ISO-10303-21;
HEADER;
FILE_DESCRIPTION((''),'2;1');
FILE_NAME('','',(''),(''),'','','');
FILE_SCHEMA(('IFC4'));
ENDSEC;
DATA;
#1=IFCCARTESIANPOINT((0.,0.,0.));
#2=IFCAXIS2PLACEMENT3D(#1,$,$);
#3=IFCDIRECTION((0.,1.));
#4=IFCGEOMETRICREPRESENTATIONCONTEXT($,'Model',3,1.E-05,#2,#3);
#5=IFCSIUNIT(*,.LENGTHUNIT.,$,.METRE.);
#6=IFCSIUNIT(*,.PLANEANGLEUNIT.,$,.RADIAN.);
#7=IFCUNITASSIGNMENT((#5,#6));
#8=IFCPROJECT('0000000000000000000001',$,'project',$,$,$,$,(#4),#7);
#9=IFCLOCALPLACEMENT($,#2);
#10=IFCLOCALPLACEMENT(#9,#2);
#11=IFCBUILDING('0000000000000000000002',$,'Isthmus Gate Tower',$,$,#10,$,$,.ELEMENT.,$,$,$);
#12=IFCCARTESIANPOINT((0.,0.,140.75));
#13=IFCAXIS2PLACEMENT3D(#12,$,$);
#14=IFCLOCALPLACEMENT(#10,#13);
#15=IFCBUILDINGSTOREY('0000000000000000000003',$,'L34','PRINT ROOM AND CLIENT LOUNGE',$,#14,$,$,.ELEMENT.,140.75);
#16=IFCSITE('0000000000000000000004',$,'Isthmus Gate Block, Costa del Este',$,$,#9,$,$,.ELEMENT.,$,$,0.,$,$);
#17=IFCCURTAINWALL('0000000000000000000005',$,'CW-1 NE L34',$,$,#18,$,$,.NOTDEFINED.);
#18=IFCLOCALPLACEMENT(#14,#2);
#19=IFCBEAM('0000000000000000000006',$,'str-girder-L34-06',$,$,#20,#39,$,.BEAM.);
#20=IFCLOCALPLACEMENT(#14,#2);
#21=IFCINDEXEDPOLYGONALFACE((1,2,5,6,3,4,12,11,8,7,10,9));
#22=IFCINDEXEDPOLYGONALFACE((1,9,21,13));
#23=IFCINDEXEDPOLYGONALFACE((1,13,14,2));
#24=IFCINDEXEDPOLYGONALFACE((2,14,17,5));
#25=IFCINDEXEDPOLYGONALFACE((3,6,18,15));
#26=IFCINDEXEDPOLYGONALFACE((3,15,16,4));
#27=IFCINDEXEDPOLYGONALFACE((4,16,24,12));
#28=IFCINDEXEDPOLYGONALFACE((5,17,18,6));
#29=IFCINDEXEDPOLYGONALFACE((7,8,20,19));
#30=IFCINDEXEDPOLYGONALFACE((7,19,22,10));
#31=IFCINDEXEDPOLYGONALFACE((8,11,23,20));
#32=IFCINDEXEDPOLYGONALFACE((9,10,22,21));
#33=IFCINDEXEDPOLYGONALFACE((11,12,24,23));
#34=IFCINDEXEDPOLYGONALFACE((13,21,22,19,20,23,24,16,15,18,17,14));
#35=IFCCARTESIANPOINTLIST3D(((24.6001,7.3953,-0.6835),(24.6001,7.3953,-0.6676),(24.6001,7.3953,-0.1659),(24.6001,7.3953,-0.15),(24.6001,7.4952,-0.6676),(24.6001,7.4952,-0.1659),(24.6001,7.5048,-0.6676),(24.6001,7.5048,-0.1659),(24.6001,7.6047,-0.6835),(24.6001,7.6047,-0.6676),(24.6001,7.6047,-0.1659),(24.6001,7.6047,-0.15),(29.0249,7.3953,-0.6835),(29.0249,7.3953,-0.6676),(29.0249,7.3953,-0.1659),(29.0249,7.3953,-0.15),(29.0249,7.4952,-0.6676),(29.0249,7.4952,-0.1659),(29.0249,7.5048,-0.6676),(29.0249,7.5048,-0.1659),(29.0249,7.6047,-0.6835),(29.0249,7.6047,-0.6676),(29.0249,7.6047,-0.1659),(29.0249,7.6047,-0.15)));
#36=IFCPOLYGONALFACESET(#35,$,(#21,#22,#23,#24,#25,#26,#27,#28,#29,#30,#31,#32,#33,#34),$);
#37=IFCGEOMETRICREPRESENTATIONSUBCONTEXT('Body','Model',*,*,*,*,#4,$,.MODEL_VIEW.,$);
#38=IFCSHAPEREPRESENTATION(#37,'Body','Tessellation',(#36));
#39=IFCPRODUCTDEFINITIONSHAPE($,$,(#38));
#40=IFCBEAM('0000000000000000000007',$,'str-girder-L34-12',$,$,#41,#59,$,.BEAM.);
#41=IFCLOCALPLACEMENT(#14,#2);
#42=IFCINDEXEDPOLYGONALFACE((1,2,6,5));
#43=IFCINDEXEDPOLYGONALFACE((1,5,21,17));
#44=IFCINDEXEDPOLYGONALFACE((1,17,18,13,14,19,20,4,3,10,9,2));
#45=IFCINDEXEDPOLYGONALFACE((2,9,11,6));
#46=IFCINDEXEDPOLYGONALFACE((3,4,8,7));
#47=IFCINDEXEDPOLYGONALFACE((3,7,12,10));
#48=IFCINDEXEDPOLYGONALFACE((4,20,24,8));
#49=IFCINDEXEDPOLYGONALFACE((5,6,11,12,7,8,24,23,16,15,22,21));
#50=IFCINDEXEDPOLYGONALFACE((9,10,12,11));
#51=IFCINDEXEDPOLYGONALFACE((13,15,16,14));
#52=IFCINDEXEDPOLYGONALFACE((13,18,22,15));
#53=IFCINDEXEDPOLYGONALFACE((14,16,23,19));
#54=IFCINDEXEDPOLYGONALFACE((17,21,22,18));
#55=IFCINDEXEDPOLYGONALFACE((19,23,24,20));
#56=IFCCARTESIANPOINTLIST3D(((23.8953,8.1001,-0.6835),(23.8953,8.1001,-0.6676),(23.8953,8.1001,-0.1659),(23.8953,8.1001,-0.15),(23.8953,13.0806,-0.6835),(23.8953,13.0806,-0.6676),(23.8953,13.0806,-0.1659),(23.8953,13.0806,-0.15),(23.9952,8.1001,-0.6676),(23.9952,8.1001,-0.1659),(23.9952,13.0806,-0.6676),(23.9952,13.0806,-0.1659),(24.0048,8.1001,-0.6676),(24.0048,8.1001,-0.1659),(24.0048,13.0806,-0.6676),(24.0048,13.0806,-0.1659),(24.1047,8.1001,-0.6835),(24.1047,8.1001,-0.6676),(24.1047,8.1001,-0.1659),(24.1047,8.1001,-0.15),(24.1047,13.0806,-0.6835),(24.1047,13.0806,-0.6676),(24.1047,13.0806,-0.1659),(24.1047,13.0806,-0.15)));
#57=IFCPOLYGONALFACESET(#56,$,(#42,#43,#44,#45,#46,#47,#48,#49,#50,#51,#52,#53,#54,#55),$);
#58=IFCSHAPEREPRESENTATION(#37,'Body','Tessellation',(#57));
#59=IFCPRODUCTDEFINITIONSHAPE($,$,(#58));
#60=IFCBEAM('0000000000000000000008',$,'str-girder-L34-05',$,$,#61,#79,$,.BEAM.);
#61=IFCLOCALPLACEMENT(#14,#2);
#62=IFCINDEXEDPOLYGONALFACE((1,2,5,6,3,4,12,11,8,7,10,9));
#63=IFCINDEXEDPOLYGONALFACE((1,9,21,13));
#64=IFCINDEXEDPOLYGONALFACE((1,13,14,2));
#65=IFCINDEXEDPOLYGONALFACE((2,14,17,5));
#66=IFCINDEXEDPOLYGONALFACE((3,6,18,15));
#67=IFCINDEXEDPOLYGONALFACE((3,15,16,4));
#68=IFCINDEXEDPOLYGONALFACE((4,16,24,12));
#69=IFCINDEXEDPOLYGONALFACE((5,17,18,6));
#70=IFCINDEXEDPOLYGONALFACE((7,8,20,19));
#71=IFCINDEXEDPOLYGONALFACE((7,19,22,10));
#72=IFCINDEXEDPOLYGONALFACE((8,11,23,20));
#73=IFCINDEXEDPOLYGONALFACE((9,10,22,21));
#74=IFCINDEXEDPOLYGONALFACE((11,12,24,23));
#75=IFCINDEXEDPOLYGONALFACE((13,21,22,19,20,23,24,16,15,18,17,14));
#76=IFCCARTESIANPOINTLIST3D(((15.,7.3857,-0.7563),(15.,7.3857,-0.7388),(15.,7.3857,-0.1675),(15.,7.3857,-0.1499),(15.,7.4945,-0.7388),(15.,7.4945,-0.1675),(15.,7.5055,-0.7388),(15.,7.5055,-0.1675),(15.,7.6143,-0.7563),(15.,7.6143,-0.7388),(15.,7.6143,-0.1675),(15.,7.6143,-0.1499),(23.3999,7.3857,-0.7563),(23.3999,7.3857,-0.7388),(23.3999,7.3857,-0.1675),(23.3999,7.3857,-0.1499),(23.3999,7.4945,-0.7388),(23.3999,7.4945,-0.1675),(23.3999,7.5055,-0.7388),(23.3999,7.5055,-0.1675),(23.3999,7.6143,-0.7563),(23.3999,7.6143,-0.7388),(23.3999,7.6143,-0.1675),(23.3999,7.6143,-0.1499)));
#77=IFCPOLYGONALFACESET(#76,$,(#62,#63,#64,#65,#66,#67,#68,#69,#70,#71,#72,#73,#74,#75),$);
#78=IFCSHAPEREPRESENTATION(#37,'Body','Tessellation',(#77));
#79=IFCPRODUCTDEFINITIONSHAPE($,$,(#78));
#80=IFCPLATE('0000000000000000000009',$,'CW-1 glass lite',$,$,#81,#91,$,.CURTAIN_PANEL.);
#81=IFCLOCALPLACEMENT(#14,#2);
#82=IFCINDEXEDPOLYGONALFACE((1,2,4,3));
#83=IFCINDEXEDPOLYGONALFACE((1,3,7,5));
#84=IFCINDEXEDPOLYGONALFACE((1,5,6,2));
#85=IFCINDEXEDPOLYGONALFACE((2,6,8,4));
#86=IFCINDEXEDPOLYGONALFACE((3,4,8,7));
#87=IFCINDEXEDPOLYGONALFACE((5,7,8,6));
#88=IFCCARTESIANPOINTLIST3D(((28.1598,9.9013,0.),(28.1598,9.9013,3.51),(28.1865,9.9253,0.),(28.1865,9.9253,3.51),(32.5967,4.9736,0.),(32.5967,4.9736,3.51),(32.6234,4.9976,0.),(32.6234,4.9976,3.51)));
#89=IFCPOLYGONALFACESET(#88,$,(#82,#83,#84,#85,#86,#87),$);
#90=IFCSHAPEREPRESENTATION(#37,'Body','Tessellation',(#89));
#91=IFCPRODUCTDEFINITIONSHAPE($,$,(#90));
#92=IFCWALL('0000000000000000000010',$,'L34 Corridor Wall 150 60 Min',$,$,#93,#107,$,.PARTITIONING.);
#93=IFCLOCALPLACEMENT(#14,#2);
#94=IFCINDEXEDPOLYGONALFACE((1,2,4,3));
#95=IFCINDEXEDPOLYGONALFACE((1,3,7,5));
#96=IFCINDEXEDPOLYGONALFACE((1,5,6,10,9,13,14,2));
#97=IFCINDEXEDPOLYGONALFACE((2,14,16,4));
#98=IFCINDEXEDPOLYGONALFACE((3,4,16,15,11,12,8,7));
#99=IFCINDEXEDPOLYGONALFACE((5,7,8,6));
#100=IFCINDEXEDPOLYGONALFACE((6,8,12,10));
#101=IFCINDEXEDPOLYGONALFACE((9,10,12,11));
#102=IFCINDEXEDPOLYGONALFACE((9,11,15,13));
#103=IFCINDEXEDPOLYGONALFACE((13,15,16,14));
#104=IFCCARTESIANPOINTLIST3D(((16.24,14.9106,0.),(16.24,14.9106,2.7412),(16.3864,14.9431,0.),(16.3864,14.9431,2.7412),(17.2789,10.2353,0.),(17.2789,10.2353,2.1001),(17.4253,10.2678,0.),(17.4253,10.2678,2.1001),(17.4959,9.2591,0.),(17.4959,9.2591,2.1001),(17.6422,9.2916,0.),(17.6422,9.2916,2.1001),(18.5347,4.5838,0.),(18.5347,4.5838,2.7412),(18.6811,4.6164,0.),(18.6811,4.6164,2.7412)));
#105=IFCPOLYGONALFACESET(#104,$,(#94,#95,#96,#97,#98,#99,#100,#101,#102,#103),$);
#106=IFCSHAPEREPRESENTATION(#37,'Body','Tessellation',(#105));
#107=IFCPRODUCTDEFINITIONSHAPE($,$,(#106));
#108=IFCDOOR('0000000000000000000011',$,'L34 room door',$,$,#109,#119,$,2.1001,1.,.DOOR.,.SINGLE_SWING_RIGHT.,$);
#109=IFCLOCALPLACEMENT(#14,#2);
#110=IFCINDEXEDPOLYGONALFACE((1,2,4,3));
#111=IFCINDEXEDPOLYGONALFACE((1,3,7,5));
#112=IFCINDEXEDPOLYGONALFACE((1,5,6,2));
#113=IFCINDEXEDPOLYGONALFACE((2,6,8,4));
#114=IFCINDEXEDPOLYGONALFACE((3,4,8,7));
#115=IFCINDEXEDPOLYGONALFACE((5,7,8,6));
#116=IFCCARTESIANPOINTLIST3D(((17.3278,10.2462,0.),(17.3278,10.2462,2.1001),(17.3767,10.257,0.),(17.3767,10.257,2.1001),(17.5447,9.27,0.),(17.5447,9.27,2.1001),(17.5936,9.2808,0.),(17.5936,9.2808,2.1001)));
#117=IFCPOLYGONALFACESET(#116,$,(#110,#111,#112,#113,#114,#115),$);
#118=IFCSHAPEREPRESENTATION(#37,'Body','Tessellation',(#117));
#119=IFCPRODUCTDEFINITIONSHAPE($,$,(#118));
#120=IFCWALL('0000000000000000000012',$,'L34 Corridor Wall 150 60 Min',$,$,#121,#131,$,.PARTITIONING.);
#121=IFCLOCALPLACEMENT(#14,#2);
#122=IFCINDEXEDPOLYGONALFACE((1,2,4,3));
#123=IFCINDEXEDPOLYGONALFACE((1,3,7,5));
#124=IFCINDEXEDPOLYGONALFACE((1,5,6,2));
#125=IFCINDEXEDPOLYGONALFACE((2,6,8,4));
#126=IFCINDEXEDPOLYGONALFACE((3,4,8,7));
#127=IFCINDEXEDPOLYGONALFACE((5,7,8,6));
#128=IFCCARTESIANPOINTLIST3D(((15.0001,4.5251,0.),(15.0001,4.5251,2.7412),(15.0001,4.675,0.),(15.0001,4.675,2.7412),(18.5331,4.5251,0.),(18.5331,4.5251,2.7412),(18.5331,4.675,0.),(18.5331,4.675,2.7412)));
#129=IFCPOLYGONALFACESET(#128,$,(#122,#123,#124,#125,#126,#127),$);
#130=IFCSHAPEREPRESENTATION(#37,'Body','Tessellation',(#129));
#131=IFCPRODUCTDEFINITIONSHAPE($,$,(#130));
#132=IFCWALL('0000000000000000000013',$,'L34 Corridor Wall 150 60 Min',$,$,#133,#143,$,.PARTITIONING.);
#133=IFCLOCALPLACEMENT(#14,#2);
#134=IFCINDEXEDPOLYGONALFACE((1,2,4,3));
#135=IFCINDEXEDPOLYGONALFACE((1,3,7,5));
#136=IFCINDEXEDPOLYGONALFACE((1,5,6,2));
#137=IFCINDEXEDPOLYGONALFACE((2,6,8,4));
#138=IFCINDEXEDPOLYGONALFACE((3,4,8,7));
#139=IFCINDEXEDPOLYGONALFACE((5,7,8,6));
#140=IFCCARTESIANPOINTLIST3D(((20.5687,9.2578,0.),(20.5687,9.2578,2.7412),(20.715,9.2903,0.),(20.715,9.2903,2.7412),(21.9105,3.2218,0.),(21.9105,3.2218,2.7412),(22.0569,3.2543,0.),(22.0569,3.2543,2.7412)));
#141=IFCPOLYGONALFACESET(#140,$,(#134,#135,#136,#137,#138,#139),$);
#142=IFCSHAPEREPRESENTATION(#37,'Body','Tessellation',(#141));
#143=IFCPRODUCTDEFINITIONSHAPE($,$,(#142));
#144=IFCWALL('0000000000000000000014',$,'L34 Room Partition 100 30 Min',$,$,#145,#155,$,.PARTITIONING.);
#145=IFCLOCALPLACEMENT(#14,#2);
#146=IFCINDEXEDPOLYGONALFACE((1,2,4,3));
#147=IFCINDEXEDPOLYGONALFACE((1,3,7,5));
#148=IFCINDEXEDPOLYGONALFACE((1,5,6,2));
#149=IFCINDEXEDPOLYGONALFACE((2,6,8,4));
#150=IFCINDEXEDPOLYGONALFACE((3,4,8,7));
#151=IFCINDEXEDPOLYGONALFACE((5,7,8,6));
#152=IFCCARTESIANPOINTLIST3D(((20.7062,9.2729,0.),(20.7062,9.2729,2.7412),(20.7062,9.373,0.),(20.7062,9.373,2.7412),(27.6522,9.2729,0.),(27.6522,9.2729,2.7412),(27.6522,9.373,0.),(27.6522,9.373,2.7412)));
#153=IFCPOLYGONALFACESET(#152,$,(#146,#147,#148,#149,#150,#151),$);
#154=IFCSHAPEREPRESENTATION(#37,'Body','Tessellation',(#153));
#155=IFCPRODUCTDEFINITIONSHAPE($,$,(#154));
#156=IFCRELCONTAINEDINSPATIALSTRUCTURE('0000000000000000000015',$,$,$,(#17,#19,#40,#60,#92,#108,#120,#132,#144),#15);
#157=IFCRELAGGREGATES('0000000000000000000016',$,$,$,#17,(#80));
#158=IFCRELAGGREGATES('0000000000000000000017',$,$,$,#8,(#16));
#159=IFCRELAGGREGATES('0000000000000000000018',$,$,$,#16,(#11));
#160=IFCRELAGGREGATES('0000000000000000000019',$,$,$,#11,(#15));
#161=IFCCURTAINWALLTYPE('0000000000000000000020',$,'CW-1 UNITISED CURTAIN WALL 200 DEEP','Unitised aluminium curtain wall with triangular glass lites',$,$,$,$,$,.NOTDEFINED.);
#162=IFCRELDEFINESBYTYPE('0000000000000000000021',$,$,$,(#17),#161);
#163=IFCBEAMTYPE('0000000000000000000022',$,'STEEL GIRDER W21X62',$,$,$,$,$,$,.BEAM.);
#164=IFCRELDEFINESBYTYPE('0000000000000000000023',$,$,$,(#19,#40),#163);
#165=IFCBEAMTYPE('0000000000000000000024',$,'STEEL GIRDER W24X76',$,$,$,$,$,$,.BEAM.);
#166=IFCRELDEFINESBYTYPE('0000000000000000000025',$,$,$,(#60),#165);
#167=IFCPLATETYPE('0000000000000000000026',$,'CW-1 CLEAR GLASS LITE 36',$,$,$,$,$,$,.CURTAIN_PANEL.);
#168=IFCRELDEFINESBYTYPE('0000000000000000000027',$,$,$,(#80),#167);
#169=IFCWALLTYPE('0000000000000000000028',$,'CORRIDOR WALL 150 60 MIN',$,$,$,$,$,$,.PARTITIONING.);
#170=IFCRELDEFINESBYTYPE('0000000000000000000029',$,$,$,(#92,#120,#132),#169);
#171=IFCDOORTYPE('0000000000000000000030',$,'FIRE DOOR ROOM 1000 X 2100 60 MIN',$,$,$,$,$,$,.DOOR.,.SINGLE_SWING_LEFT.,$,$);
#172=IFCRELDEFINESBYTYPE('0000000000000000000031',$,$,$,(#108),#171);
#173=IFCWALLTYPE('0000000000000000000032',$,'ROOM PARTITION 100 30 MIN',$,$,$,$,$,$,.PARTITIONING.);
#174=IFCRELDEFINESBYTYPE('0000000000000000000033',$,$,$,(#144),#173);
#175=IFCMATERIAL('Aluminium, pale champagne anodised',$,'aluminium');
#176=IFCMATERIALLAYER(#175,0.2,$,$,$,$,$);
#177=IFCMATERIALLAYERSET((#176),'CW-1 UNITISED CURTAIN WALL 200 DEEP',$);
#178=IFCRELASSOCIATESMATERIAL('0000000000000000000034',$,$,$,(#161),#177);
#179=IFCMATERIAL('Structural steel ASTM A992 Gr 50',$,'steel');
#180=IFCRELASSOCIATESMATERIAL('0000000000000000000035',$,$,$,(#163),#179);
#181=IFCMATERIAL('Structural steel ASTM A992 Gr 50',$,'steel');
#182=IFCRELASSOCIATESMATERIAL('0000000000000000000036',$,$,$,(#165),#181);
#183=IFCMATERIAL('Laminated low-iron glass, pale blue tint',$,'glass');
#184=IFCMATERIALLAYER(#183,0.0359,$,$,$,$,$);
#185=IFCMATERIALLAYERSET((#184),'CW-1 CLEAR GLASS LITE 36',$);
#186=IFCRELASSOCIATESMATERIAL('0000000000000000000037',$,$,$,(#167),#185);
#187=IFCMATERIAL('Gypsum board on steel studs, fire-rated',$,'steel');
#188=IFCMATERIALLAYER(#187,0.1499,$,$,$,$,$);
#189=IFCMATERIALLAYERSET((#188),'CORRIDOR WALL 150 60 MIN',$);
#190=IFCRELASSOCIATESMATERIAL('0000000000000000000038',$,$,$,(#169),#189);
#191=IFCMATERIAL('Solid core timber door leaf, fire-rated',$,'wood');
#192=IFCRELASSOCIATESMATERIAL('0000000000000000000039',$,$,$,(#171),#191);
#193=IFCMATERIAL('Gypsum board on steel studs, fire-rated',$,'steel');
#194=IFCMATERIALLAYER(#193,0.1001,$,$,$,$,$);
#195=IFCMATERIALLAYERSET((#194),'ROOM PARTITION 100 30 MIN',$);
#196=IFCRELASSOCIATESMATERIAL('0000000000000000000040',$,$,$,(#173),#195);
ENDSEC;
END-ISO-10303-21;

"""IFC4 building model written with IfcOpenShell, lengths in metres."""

from ifc_helpers import new_model, si_unit, direction, frame, frame_2d, origin, origin_2d, place, context, subcontext, project, spatial, rectangle, i_section, extrude, material, layer, layer_set, material_profile, profile_set, type_object, element, fill, aggregate, save


model = new_model("IFC4")

# Units and contexts
model_context = context("Model", 3, precision=1e-05, world=origin(), true_north=direction((0.0, 1.0)))
body_context = subcontext(model_context, "Body", "Model", "MODEL_VIEW")
ifc_project = project(units=[si_unit("LENGTHUNIT", "METRE"), si_unit("PLANEANGLEUNIT", "RADIAN")], contexts=[model_context])

# Site, building, storey
site_placement = place(None, origin())
site = spatial("IfcSite", under=ifc_project, at=site_placement, Name="Isthmus Gate Block, Costa del Este", CompositionType="ELEMENT", RefElevation=0.0)
building_placement = place(site_placement, origin())
building = spatial("IfcBuilding", under=site, at=building_placement, Name="Isthmus Gate Tower", CompositionType="ELEMENT")
storey_placement = place(building_placement, frame((0.0, 0.0, 140.75)))
storey = spatial("IfcBuildingStorey", under=building, at=storey_placement, Name="L34", Description="PRINT ROOM AND CLIENT LOUNGE", CompositionType="ELEMENT", Elevation=140.75)

# Curtain wall
ifc_material_1 = material(Name="Aluminium, pale champagne anodised", Category="aluminium")
ifc_layer_1 = layer(ifc_material_1, 0.2)
ifc_layer_set_1 = layer_set([ifc_layer_1], Name="CW-1 UNITISED CURTAIN WALL 200 DEEP")
curtain_wall_type = type_object("IfcCurtainWallType", Name="CW-1 UNITISED CURTAIN WALL 200 DEEP", Description="Unitised aluminium curtain wall with triangular glass lites", PredefinedType="NOTDEFINED", material=ifc_layer_set_1)
curtain_wall_placement = place(storey_placement, origin())
curtain_wall = element("IfcCurtainWall", 1, at=curtain_wall_placement, inside=storey, type_object=curtain_wall_type, Name="CW-1 NE L34", PredefinedType="NOTDEFINED")

# Beams
ifc_material_2 = material(Name="Structural steel ASTM A992 Gr 50", Category="steel")
ifc_material_profile_1 = material_profile(ifc_material_2, i_section(OverallWidth=0.2095, OverallDepth=0.5334, WebThickness=0.0095, FlangeThickness=0.0159, at=origin_2d()), Name="W21X62")
ifc_profile_set_1 = profile_set([ifc_material_profile_1], Name="Structural steel ASTM A992 Gr 50")
beam_type_1 = type_object("IfcBeamType", Name="STEEL GIRDER W21X62", PredefinedType="BEAM", material=ifc_profile_set_1)
beam_1_placement = place(storey_placement, frame((24.6001, 7.5, -0.4167), z_axis=(1.0, 0.0, 0.0), x_axis=(0.0, 1.0, 0.0)))
element("IfcBeam", 2, at=beam_1_placement, inside=storey, type_object=beam_type_1, Name="str-girder-L34-06", PredefinedType="BEAM", context=body_context, shape_type="SweptSolid", body=[
    extrude(i_section(OverallWidth=0.2095, OverallDepth=0.5334, WebThickness=0.0095, FlangeThickness=0.0159, at=origin_2d()), origin(), (0.0, 0.0, 1.0), 4.4248),
])
beam_2_placement = place(storey_placement, frame((24.0, 8.1001, -0.4167), z_axis=(0.0, 1.0, 0.0), x_axis=(-1.0, 0.0, 0.0)))
element("IfcBeam", 3, at=beam_2_placement, inside=storey, type_object=beam_type_1, Name="str-girder-L34-12", PredefinedType="BEAM", context=body_context, shape_type="SweptSolid", body=[
    extrude(i_section(OverallWidth=0.2095, OverallDepth=0.5334, WebThickness=0.0095, FlangeThickness=0.0159, at=origin_2d()), origin(), (0.0, 0.0, 1.0), 4.9805),
])
ifc_material_3 = material(Name="Structural steel ASTM A992 Gr 50", Category="steel")
ifc_material_profile_2 = material_profile(ifc_material_3, i_section(OverallWidth=0.2285, OverallDepth=0.6064, WebThickness=0.011, FlangeThickness=0.0176, at=origin_2d()), Name="W24X76")
ifc_profile_set_2 = profile_set([ifc_material_profile_2], Name="Structural steel ASTM A992 Gr 50")
beam_type_2 = type_object("IfcBeamType", Name="STEEL GIRDER W24X76", PredefinedType="BEAM", material=ifc_profile_set_2)
beam_3_placement = place(storey_placement, frame((15.0, 7.5, -0.4531), z_axis=(1.0, 0.0, 0.0), x_axis=(0.0, 1.0, 0.0)))
element("IfcBeam", 4, at=beam_3_placement, inside=storey, type_object=beam_type_2, Name="str-girder-L34-05", PredefinedType="BEAM", context=body_context, shape_type="SweptSolid", body=[
    extrude(i_section(OverallWidth=0.2285, OverallDepth=0.6064, WebThickness=0.011, FlangeThickness=0.0176, at=origin_2d()), origin(), (0.0, 0.0, 1.0), 8.3999),
])

# Plate
ifc_material_4 = material(Name="Laminated low-iron glass, pale blue tint", Category="glass")
ifc_layer_2 = layer(ifc_material_4, 0.0359)
ifc_layer_set_2 = layer_set([ifc_layer_2], Name="CW-1 CLEAR GLASS LITE 36")
plate_type = type_object("IfcPlateType", Name="CW-1 CLEAR GLASS LITE 36", PredefinedType="CURTAIN_PANEL", material=ifc_layer_set_2)
plate_placement = place(storey_placement, frame((30.3916, 7.4495, 0.0), z_axis=(0.0, 0.0, 1.0), x_axis=(-0.669131, 0.743145, 0.0)))
plate = element("IfcPlate", 5, at=plate_placement, type_object=plate_type, Name="CW-1 glass lite", PredefinedType="CURTAIN_PANEL", context=body_context, shape_type="SweptSolid", body=[
    extrude(rectangle(XDim=6.6309, YDim=0.0359, at=origin_2d()), origin(), (0.0, 0.0, 1.0), 3.51),
])
aggregate(curtain_wall, [plate])

# Wall, opening, door
ifc_material_5 = material(Name="Gypsum board on steel studs, fire-rated", Category="steel")
ifc_layer_3 = layer(ifc_material_5, 0.1499)
ifc_layer_set_3 = layer_set([ifc_layer_3], Name="CORRIDOR WALL 150 60 MIN")
wall_type_1 = type_object("IfcWallType", Name="CORRIDOR WALL 150 60 MIN", PredefinedType="PARTITIONING", material=ifc_layer_set_3)
wall_1_placement = place(storey_placement, frame((18.6079, 4.6001, 0.0), z_axis=(0.0, 0.0, 1.0), x_axis=(-0.216918, 0.97619, 0.0)))
wall_1 = element("IfcWall", 6, at=wall_1_placement, inside=storey, type_object=wall_type_1, Name="L34 Corridor Wall 150 60 Min", PredefinedType="PARTITIONING", context=body_context, shape_type="SweptSolid", body=[
    extrude(rectangle(XDim=10.5786, YDim=0.1499, at=frame_2d((5.2893, 0.0))), origin(), (0.0, 0.0, 1.0), 2.7412),
])
opening_placement = place(wall_1_placement, frame((4.7893, 0.0, 0.0)))
opening = element("IfcOpeningElement", 7, at=opening_placement, cuts=wall_1, PredefinedType="OPENING", context=body_context, shape_type="SweptSolid", body=[
    extrude(rectangle(XDim=1.0, YDim=2.1001, at=frame_2d((0.5, 1.05))), frame((0.0, 0.085, 0.0), z_axis=(0.0, -1.0, 0.0), x_axis=(1.0, 0.0, 0.0)), (0.0, 0.0, 1.0), 0.1699),
])
ifc_material_6 = material(Name="Solid core timber door leaf, fire-rated", Category="wood")
door_type = type_object("IfcDoorType", Name="FIRE DOOR ROOM 1000 X 2100 60 MIN", OperationType="SINGLE_SWING_LEFT", PredefinedType="DOOR", material=ifc_material_6)
door_placement = place(opening_placement, origin())
door = element("IfcDoor", 8, at=door_placement, inside=storey, type_object=door_type, Name="L34 room door", OperationType="SINGLE_SWING_RIGHT", OverallHeight=2.1001, OverallWidth=1.0, PredefinedType="DOOR", context=body_context, shape_type="SweptSolid", body=[
    extrude(rectangle(XDim=1.0, YDim=2.1001, at=frame_2d((0.5, 1.05))), frame((0.0, 0.0249, 0.0), z_axis=(0.0, -1.0, 0.0), x_axis=(1.0, 0.0, 0.0)), (0.0, 0.0, 1.0), 0.05),
])
fill(opening, door)

# Walls
wall_2_placement = place(storey_placement, frame((15.0, 4.6001, 0.0), z_axis=(0.0, 0.0, 1.0), x_axis=(1.0, 0.0, 0.0)))
element("IfcWall", 9, at=wall_2_placement, inside=storey, type_object=wall_type_1, Name="L34 Corridor Wall 150 60 Min", PredefinedType="PARTITIONING", context=body_context, shape_type="SweptSolid", body=[
    extrude(rectangle(XDim=3.533, YDim=0.1499, at=frame_2d((1.7666, 0.0))), origin(), (0.0, 0.0, 1.0), 2.7412),
])
wall_3_placement = place(storey_placement, frame((20.6418, 9.2742, 0.0), z_axis=(0.0, 0.0, 1.0), x_axis=(0.217006, -0.97617, 0.0)))
element("IfcWall", 10, at=wall_3_placement, inside=storey, type_object=wall_type_1, Name="L34 Corridor Wall 150 60 Min", PredefinedType="PARTITIONING", context=body_context, shape_type="SweptSolid", body=[
    extrude(rectangle(XDim=6.1833, YDim=0.1499, at=frame_2d((3.0918, 0.0))), origin(), (0.0, 0.0, 1.0), 2.7412),
])
ifc_material_7 = material(Name="Gypsum board on steel studs, fire-rated", Category="steel")
ifc_layer_4 = layer(ifc_material_7, 0.1001)
ifc_layer_set_4 = layer_set([ifc_layer_4], Name="ROOM PARTITION 100 30 MIN")
wall_type_2 = type_object("IfcWallType", Name="ROOM PARTITION 100 30 MIN", PredefinedType="PARTITIONING", material=ifc_layer_set_4)
wall_4_placement = place(storey_placement, frame((20.7061, 9.323, 0.0), z_axis=(0.0, 0.0, 1.0), x_axis=(1.0, 0.0, 0.0)))
element("IfcWall", 11, at=wall_4_placement, inside=storey, type_object=wall_type_2, Name="L34 Room Partition 100 30 Min", PredefinedType="PARTITIONING", context=body_context, shape_type="SweptSolid", body=[
    extrude(rectangle(XDim=6.946, YDim=0.1001, at=frame_2d((3.4731, 0.0))), origin(), (0.0, 0.0, 1.0), 2.7412),
])

save(model, "model.ifc")
